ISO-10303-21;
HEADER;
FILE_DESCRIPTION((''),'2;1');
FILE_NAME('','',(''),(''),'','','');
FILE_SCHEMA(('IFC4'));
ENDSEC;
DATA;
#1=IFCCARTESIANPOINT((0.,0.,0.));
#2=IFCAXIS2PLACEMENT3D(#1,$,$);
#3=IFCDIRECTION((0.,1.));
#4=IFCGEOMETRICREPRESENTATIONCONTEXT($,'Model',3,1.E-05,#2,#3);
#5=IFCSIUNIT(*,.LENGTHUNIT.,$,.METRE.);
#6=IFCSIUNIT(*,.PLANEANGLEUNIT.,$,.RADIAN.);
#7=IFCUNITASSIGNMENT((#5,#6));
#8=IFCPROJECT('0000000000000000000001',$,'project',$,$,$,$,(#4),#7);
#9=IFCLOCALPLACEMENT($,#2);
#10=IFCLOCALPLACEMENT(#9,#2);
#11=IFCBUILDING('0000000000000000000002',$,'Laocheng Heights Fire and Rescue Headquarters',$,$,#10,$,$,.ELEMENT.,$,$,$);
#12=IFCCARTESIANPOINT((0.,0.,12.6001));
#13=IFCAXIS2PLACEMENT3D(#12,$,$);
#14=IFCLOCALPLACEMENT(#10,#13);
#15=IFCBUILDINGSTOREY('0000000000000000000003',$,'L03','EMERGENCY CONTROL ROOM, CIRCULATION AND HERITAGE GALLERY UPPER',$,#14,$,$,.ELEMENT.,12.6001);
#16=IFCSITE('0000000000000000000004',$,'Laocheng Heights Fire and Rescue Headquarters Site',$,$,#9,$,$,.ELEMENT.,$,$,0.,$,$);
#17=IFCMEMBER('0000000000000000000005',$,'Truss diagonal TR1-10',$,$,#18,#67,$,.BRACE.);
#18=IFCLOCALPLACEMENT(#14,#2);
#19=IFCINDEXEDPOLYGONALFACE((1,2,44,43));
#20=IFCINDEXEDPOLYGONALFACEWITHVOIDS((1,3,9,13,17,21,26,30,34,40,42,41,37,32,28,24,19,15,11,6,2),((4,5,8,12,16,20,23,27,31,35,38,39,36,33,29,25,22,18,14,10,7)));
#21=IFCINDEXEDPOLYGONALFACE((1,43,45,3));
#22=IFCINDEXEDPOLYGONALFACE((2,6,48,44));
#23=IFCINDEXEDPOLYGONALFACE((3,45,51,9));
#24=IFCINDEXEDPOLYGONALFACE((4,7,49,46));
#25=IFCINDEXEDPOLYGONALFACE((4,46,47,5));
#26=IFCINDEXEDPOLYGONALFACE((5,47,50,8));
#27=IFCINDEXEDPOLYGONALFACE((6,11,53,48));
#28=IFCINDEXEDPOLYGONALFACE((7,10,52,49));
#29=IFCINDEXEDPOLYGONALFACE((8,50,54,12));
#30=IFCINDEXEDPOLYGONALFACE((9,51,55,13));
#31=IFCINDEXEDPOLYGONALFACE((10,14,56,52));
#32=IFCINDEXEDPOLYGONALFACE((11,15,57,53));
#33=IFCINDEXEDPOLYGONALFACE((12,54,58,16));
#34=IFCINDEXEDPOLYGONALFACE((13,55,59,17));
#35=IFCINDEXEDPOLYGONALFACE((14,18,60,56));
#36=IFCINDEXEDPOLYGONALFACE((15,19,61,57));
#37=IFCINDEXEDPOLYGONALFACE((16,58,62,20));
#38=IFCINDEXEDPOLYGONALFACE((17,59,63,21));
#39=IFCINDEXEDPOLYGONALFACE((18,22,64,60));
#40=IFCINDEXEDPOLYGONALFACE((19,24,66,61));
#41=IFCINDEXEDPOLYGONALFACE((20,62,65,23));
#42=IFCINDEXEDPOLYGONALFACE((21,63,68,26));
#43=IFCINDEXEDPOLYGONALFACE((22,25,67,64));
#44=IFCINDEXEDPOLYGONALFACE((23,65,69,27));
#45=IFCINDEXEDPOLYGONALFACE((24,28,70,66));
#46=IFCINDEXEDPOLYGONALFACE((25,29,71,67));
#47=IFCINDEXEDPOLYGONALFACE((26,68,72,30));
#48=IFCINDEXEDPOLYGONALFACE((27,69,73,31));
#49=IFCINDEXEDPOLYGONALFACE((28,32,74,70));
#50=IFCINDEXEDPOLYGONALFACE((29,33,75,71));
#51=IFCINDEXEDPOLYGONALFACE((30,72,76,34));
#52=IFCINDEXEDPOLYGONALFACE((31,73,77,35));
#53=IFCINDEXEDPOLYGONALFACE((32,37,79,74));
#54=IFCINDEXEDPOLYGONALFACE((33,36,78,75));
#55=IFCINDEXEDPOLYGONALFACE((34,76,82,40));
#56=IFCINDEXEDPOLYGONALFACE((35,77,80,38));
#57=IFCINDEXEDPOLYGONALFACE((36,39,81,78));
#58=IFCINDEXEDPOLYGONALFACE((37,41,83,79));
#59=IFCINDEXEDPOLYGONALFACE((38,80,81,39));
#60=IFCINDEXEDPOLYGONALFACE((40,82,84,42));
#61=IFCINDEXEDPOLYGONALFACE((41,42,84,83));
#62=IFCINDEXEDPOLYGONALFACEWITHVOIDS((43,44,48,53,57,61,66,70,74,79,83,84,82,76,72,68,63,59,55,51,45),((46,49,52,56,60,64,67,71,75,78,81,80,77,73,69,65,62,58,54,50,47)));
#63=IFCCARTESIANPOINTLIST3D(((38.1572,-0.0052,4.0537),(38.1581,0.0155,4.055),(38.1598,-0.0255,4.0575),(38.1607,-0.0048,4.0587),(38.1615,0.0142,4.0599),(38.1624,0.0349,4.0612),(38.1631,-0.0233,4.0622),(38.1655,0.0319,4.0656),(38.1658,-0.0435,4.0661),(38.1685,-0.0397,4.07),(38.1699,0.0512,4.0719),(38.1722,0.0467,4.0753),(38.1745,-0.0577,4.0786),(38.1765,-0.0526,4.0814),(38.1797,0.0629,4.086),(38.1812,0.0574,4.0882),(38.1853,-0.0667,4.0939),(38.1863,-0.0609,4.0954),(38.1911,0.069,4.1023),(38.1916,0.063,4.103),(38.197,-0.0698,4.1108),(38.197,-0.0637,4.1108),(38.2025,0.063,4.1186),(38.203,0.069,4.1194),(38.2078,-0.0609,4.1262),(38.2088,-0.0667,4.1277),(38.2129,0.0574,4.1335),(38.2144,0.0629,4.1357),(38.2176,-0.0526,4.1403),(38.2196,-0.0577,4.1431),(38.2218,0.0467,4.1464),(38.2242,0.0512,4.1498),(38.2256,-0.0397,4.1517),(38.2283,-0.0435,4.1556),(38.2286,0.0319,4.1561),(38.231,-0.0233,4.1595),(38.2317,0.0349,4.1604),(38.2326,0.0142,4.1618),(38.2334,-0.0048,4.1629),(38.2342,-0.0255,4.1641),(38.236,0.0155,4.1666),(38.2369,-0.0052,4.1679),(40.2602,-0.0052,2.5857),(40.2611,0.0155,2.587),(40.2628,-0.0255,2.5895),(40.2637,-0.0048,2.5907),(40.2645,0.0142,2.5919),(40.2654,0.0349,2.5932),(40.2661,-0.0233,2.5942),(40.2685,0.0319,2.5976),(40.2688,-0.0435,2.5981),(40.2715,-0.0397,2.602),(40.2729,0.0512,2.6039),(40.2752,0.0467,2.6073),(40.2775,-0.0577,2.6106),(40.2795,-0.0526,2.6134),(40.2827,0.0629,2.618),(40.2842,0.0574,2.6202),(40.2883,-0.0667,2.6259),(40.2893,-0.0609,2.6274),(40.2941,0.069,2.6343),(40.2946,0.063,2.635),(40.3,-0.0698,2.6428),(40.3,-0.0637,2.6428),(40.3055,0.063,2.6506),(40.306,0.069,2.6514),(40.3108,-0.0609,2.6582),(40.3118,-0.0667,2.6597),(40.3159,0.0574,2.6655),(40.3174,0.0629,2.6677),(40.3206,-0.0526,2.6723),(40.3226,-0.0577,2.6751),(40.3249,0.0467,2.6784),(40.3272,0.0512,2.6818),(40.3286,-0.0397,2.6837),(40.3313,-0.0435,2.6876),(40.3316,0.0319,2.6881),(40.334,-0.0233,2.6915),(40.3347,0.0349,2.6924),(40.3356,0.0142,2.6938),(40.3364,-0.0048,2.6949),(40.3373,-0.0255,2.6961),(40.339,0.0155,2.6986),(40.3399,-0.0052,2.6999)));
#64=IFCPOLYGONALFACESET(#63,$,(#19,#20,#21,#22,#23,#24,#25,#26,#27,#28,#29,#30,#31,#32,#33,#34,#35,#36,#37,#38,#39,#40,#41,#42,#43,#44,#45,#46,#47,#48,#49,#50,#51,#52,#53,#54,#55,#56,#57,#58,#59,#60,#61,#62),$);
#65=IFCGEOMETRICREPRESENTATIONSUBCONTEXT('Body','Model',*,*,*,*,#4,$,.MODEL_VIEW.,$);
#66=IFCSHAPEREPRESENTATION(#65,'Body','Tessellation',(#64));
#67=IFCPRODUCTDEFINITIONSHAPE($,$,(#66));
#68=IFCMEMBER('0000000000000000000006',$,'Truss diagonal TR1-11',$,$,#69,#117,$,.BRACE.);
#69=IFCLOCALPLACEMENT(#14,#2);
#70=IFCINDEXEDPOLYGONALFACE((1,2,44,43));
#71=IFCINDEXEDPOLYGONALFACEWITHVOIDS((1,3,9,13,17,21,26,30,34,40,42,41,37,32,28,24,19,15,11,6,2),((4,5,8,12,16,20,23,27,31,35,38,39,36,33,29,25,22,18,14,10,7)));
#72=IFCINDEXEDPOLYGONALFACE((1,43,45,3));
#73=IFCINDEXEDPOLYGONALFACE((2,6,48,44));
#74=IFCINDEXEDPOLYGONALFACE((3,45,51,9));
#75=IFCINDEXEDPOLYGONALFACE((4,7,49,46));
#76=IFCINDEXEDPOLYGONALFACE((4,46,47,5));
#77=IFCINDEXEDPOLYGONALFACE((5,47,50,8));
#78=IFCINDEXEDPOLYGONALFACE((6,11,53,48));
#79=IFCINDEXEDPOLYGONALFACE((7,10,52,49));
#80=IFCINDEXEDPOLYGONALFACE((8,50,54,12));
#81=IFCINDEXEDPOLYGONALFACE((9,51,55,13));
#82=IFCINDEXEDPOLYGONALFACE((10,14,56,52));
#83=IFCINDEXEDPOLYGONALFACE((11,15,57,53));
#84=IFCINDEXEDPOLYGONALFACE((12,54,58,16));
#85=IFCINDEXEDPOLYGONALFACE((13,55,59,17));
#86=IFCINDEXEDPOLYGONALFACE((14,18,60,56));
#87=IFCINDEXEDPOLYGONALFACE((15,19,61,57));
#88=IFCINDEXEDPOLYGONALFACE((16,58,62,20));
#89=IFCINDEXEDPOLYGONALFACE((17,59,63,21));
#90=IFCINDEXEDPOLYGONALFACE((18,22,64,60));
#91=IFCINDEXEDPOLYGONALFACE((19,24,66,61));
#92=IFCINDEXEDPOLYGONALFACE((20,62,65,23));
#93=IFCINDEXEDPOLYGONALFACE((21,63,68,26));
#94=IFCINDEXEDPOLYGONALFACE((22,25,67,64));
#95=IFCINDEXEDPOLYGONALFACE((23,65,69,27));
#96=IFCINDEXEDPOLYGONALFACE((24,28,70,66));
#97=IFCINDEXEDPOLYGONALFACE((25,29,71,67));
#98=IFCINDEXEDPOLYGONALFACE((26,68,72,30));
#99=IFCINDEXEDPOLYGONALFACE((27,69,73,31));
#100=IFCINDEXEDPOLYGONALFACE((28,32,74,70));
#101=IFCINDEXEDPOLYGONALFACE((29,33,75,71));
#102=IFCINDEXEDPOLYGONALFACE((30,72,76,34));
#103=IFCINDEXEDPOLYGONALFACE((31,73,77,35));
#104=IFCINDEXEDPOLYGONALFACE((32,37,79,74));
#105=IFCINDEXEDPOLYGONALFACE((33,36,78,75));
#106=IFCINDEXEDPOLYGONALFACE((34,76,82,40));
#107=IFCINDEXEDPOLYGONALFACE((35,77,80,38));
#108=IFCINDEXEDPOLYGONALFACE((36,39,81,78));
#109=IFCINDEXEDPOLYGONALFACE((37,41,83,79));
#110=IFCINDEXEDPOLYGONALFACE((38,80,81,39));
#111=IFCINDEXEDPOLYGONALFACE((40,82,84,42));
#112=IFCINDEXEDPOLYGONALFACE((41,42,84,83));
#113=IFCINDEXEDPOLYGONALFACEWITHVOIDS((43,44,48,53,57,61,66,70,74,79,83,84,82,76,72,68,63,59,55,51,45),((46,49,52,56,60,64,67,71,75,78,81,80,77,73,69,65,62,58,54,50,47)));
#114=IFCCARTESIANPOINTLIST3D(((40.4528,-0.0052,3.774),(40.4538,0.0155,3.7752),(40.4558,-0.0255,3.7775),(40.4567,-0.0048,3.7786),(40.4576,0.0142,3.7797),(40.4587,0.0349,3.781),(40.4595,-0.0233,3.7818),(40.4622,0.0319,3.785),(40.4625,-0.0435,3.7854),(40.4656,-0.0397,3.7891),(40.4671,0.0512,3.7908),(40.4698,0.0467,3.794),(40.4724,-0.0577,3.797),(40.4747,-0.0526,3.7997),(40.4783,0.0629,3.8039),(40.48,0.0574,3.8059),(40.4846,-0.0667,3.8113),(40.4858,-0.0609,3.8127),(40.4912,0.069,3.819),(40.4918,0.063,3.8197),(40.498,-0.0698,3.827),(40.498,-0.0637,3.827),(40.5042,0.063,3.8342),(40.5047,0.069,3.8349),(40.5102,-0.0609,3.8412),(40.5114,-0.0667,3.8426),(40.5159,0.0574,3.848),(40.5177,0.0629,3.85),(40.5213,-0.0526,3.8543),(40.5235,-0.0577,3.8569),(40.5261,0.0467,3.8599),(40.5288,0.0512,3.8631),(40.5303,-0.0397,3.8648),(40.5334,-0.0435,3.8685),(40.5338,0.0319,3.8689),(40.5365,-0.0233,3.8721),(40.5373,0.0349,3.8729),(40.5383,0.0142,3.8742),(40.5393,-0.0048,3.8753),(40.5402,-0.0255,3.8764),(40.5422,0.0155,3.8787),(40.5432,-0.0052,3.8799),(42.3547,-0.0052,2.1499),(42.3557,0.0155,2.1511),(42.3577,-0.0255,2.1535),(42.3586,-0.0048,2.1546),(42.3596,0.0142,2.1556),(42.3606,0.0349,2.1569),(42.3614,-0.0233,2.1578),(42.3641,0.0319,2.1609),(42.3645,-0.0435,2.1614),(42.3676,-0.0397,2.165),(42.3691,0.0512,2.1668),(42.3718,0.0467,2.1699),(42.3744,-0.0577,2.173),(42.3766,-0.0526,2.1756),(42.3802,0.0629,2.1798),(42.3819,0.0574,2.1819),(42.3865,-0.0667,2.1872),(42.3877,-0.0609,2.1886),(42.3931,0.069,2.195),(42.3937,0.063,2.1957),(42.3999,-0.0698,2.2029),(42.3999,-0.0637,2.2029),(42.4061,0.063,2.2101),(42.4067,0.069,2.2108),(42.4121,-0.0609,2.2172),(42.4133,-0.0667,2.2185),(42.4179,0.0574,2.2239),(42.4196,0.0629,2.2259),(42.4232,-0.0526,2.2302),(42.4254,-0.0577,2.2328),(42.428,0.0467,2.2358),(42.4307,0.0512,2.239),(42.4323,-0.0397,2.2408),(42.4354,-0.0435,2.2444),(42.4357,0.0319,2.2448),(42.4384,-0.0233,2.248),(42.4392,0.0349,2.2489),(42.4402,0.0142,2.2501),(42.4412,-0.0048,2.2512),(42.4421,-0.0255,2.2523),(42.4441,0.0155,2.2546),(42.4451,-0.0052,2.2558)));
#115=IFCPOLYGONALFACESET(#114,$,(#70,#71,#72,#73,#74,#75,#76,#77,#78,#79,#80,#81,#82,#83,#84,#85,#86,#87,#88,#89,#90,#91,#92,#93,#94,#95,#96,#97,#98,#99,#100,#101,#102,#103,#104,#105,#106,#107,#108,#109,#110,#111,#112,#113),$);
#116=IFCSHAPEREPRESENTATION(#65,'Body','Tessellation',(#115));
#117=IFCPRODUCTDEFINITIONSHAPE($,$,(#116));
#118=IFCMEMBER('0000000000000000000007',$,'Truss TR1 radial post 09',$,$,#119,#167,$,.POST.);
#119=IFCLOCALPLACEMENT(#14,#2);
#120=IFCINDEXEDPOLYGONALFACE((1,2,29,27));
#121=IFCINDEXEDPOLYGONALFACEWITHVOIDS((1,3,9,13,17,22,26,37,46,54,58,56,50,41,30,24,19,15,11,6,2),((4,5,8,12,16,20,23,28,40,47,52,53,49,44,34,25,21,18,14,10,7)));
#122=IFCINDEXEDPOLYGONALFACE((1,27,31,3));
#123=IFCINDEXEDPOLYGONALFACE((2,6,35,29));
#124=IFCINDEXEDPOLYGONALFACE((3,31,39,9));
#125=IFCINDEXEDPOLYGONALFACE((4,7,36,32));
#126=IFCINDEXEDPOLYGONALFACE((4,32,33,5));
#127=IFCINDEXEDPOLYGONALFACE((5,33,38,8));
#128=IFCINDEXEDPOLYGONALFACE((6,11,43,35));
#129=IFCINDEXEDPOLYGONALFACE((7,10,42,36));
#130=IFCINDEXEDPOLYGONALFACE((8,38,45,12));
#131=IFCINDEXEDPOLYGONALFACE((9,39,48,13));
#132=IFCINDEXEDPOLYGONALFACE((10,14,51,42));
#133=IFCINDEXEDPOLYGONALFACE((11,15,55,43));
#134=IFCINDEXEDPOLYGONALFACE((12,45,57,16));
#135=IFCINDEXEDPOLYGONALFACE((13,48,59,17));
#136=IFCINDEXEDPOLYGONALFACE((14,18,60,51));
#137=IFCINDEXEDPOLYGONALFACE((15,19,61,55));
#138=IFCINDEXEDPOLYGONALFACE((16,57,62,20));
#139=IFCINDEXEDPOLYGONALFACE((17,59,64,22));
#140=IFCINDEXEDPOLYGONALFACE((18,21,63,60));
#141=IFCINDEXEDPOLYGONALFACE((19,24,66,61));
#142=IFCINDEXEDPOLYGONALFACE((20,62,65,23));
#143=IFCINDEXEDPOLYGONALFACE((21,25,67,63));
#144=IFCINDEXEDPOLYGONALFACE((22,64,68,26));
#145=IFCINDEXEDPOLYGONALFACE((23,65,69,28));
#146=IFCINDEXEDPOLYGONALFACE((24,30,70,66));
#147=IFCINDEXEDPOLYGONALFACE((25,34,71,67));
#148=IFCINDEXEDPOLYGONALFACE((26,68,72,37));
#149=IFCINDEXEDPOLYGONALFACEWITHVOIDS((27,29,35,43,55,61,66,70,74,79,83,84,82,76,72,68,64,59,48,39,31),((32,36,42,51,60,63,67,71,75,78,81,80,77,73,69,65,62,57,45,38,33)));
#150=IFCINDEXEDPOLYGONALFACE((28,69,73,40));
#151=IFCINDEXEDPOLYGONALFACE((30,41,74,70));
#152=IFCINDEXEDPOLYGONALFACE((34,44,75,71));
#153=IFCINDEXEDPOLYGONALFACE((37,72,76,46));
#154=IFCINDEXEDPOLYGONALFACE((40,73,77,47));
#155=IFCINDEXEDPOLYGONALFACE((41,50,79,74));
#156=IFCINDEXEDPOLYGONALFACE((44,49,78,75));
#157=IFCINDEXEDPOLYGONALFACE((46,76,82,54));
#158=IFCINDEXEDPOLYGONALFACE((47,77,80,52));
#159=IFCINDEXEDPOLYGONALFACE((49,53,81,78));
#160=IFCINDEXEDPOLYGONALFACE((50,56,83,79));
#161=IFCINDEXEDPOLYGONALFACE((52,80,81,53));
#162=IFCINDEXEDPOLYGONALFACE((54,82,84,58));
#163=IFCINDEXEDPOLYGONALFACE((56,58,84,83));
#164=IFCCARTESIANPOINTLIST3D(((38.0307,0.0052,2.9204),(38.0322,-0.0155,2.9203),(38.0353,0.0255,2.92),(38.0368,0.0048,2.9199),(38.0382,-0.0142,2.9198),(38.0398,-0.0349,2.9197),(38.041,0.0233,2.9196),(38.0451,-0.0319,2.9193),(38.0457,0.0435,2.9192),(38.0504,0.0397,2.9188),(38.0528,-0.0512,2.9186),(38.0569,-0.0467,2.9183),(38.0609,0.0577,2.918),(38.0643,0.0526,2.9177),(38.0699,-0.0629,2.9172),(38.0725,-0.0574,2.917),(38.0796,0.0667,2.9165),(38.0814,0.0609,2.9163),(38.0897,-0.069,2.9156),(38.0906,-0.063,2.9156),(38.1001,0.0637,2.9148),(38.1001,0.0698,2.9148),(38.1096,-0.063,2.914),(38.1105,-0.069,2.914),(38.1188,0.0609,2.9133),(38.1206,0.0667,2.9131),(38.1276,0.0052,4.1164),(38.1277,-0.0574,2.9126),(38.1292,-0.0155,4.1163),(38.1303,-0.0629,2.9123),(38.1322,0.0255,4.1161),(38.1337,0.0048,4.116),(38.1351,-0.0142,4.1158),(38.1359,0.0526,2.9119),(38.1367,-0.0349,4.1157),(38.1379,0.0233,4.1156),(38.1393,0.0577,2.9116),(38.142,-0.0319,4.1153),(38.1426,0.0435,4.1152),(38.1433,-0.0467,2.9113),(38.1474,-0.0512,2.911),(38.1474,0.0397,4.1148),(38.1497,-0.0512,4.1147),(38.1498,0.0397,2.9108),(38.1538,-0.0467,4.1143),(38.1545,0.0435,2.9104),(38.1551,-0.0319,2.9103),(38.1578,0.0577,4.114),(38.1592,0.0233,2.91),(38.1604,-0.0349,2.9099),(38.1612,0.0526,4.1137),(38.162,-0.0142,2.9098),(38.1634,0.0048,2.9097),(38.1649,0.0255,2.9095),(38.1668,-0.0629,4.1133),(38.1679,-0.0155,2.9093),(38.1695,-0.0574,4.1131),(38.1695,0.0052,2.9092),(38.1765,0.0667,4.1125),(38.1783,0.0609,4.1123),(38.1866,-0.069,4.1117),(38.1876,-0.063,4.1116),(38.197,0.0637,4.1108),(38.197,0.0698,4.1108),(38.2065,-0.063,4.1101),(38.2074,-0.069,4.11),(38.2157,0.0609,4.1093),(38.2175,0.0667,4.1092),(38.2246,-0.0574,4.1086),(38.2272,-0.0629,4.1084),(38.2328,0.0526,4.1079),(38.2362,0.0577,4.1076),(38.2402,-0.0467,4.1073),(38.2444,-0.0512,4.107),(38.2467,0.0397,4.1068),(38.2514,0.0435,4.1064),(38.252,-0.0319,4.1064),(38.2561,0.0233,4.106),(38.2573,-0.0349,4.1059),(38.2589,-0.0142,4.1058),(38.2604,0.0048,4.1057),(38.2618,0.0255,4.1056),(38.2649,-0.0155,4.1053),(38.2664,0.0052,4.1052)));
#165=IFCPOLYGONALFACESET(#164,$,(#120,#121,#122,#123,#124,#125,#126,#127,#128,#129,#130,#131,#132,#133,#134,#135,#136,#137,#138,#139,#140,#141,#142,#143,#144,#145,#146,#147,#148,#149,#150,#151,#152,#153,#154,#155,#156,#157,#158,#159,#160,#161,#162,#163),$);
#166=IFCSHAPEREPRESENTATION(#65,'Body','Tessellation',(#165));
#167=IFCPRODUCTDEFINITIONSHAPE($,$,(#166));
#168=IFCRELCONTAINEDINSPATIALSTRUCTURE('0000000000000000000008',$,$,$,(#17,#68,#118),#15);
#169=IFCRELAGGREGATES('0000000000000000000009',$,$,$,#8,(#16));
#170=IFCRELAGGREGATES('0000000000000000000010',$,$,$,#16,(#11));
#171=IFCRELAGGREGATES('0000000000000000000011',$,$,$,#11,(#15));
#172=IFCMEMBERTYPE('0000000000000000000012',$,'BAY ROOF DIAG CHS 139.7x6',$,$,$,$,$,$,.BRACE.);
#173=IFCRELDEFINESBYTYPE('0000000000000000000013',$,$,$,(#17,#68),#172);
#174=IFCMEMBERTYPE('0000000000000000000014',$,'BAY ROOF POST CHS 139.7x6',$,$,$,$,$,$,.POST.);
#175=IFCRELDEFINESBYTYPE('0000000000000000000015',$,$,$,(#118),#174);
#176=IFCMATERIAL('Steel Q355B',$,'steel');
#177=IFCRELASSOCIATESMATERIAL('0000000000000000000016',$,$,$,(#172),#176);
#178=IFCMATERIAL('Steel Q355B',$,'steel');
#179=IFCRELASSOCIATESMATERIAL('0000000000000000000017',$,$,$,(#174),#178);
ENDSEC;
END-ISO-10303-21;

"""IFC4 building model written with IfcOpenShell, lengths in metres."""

from ifc_helpers import new_model, si_unit, direction, frame, origin, origin_2d, place, context, subcontext, project, spatial, hollow_circle, extrude, material, material_profile, profile_set, type_object, element, save


model = new_model("IFC4")

# Units and contexts
model_context = context("Model", 3, precision=1e-05, world=origin(), true_north=direction((0.0, 1.0)))
body_context = subcontext(model_context, "Body", "Model", "MODEL_VIEW")
ifc_project = project(units=[si_unit("LENGTHUNIT", "METRE"), si_unit("PLANEANGLEUNIT", "RADIAN")], contexts=[model_context])

# Site, building, storey
site_placement = place(None, origin())
site = spatial("IfcSite", under=ifc_project, at=site_placement, Name="Laocheng Heights Fire and Rescue Headquarters Site", CompositionType="ELEMENT", RefElevation=0.0)
building_placement = place(site_placement, origin())
building = spatial("IfcBuilding", under=site, at=building_placement, Name="Laocheng Heights Fire and Rescue Headquarters", CompositionType="ELEMENT")
storey_placement = place(building_placement, frame((0.0, 0.0, 12.6001)))
storey = spatial("IfcBuildingStorey", under=building, at=storey_placement, Name="L03", Description="EMERGENCY CONTROL ROOM, CIRCULATION AND HERITAGE GALLERY UPPER", CompositionType="ELEMENT", Elevation=12.6001)

# Members
ifc_material_1 = material(Name="Steel Q355B", Category="steel")
ifc_material_profile_1 = material_profile(ifc_material_1, hollow_circle(Radius=0.0698, WallThickness=0.0061, at=origin_2d()), Name="CHS 139.7x6")
ifc_profile_set_1 = profile_set([ifc_material_profile_1], Name="Steel Q355B")
member_type_1 = type_object("IfcMemberType", Name="BAY ROOF DIAG CHS 139.7x6", PredefinedType="BRACE", material=ifc_profile_set_1)
member_1_placement = place(storey_placement, frame((40.3, 0.0, 2.6428), z_axis=(-0.819983, 0.0, 0.572389), x_axis=(0.0, -1.0, 0.0)))
element("IfcMember", 1, at=member_1_placement, inside=storey, type_object=member_type_1, Name="Truss diagonal TR1-10", PredefinedType="BRACE", context=body_context, shape_type="SweptSolid", body=[
    extrude(hollow_circle(Radius=0.0698, WallThickness=0.0061, at=origin_2d()), origin(), (0.0, 0.0, 1.0), 2.5647),
])
member_2_placement = place(storey_placement, frame((42.3999, 0.0, 2.2029), z_axis=(-0.760468, 0.0, 0.649375), x_axis=(0.0, -1.0, 0.0)))
element("IfcMember", 2, at=member_2_placement, inside=storey, type_object=member_type_1, Name="Truss diagonal TR1-11", PredefinedType="BRACE", context=body_context, shape_type="SweptSolid", body=[
    extrude(hollow_circle(Radius=0.0698, WallThickness=0.0061, at=origin_2d()), origin(), (0.0, 0.0, 1.0), 2.501),
])
ifc_material_2 = material(Name="Steel Q355B", Category="steel")
ifc_material_profile_2 = material_profile(ifc_material_2, hollow_circle(Radius=0.0698, WallThickness=0.0061, at=origin_2d()), Name="CHS 139.7x6")
ifc_profile_set_2 = profile_set([ifc_material_profile_2], Name="Steel Q355B")
member_type_2 = type_object("IfcMemberType", Name="BAY ROOF POST CHS 139.7x6", PredefinedType="POST", material=ifc_profile_set_2)
member_3_placement = place(storey_placement, frame((38.1001, 0.0, 2.9148), z_axis=(0.080772, 0.0, 0.996733), x_axis=(0.0, 1.0, 0.0)))
element("IfcMember", 3, at=member_3_placement, inside=storey, type_object=member_type_2, Name="Truss TR1 radial post 09", PredefinedType="POST", context=body_context, shape_type="SweptSolid", body=[
    extrude(hollow_circle(Radius=0.0698, WallThickness=0.0061, at=origin_2d()), origin(), (0.0, 0.0, 1.0), 1.2),
])

save(model, "model.ifc")
